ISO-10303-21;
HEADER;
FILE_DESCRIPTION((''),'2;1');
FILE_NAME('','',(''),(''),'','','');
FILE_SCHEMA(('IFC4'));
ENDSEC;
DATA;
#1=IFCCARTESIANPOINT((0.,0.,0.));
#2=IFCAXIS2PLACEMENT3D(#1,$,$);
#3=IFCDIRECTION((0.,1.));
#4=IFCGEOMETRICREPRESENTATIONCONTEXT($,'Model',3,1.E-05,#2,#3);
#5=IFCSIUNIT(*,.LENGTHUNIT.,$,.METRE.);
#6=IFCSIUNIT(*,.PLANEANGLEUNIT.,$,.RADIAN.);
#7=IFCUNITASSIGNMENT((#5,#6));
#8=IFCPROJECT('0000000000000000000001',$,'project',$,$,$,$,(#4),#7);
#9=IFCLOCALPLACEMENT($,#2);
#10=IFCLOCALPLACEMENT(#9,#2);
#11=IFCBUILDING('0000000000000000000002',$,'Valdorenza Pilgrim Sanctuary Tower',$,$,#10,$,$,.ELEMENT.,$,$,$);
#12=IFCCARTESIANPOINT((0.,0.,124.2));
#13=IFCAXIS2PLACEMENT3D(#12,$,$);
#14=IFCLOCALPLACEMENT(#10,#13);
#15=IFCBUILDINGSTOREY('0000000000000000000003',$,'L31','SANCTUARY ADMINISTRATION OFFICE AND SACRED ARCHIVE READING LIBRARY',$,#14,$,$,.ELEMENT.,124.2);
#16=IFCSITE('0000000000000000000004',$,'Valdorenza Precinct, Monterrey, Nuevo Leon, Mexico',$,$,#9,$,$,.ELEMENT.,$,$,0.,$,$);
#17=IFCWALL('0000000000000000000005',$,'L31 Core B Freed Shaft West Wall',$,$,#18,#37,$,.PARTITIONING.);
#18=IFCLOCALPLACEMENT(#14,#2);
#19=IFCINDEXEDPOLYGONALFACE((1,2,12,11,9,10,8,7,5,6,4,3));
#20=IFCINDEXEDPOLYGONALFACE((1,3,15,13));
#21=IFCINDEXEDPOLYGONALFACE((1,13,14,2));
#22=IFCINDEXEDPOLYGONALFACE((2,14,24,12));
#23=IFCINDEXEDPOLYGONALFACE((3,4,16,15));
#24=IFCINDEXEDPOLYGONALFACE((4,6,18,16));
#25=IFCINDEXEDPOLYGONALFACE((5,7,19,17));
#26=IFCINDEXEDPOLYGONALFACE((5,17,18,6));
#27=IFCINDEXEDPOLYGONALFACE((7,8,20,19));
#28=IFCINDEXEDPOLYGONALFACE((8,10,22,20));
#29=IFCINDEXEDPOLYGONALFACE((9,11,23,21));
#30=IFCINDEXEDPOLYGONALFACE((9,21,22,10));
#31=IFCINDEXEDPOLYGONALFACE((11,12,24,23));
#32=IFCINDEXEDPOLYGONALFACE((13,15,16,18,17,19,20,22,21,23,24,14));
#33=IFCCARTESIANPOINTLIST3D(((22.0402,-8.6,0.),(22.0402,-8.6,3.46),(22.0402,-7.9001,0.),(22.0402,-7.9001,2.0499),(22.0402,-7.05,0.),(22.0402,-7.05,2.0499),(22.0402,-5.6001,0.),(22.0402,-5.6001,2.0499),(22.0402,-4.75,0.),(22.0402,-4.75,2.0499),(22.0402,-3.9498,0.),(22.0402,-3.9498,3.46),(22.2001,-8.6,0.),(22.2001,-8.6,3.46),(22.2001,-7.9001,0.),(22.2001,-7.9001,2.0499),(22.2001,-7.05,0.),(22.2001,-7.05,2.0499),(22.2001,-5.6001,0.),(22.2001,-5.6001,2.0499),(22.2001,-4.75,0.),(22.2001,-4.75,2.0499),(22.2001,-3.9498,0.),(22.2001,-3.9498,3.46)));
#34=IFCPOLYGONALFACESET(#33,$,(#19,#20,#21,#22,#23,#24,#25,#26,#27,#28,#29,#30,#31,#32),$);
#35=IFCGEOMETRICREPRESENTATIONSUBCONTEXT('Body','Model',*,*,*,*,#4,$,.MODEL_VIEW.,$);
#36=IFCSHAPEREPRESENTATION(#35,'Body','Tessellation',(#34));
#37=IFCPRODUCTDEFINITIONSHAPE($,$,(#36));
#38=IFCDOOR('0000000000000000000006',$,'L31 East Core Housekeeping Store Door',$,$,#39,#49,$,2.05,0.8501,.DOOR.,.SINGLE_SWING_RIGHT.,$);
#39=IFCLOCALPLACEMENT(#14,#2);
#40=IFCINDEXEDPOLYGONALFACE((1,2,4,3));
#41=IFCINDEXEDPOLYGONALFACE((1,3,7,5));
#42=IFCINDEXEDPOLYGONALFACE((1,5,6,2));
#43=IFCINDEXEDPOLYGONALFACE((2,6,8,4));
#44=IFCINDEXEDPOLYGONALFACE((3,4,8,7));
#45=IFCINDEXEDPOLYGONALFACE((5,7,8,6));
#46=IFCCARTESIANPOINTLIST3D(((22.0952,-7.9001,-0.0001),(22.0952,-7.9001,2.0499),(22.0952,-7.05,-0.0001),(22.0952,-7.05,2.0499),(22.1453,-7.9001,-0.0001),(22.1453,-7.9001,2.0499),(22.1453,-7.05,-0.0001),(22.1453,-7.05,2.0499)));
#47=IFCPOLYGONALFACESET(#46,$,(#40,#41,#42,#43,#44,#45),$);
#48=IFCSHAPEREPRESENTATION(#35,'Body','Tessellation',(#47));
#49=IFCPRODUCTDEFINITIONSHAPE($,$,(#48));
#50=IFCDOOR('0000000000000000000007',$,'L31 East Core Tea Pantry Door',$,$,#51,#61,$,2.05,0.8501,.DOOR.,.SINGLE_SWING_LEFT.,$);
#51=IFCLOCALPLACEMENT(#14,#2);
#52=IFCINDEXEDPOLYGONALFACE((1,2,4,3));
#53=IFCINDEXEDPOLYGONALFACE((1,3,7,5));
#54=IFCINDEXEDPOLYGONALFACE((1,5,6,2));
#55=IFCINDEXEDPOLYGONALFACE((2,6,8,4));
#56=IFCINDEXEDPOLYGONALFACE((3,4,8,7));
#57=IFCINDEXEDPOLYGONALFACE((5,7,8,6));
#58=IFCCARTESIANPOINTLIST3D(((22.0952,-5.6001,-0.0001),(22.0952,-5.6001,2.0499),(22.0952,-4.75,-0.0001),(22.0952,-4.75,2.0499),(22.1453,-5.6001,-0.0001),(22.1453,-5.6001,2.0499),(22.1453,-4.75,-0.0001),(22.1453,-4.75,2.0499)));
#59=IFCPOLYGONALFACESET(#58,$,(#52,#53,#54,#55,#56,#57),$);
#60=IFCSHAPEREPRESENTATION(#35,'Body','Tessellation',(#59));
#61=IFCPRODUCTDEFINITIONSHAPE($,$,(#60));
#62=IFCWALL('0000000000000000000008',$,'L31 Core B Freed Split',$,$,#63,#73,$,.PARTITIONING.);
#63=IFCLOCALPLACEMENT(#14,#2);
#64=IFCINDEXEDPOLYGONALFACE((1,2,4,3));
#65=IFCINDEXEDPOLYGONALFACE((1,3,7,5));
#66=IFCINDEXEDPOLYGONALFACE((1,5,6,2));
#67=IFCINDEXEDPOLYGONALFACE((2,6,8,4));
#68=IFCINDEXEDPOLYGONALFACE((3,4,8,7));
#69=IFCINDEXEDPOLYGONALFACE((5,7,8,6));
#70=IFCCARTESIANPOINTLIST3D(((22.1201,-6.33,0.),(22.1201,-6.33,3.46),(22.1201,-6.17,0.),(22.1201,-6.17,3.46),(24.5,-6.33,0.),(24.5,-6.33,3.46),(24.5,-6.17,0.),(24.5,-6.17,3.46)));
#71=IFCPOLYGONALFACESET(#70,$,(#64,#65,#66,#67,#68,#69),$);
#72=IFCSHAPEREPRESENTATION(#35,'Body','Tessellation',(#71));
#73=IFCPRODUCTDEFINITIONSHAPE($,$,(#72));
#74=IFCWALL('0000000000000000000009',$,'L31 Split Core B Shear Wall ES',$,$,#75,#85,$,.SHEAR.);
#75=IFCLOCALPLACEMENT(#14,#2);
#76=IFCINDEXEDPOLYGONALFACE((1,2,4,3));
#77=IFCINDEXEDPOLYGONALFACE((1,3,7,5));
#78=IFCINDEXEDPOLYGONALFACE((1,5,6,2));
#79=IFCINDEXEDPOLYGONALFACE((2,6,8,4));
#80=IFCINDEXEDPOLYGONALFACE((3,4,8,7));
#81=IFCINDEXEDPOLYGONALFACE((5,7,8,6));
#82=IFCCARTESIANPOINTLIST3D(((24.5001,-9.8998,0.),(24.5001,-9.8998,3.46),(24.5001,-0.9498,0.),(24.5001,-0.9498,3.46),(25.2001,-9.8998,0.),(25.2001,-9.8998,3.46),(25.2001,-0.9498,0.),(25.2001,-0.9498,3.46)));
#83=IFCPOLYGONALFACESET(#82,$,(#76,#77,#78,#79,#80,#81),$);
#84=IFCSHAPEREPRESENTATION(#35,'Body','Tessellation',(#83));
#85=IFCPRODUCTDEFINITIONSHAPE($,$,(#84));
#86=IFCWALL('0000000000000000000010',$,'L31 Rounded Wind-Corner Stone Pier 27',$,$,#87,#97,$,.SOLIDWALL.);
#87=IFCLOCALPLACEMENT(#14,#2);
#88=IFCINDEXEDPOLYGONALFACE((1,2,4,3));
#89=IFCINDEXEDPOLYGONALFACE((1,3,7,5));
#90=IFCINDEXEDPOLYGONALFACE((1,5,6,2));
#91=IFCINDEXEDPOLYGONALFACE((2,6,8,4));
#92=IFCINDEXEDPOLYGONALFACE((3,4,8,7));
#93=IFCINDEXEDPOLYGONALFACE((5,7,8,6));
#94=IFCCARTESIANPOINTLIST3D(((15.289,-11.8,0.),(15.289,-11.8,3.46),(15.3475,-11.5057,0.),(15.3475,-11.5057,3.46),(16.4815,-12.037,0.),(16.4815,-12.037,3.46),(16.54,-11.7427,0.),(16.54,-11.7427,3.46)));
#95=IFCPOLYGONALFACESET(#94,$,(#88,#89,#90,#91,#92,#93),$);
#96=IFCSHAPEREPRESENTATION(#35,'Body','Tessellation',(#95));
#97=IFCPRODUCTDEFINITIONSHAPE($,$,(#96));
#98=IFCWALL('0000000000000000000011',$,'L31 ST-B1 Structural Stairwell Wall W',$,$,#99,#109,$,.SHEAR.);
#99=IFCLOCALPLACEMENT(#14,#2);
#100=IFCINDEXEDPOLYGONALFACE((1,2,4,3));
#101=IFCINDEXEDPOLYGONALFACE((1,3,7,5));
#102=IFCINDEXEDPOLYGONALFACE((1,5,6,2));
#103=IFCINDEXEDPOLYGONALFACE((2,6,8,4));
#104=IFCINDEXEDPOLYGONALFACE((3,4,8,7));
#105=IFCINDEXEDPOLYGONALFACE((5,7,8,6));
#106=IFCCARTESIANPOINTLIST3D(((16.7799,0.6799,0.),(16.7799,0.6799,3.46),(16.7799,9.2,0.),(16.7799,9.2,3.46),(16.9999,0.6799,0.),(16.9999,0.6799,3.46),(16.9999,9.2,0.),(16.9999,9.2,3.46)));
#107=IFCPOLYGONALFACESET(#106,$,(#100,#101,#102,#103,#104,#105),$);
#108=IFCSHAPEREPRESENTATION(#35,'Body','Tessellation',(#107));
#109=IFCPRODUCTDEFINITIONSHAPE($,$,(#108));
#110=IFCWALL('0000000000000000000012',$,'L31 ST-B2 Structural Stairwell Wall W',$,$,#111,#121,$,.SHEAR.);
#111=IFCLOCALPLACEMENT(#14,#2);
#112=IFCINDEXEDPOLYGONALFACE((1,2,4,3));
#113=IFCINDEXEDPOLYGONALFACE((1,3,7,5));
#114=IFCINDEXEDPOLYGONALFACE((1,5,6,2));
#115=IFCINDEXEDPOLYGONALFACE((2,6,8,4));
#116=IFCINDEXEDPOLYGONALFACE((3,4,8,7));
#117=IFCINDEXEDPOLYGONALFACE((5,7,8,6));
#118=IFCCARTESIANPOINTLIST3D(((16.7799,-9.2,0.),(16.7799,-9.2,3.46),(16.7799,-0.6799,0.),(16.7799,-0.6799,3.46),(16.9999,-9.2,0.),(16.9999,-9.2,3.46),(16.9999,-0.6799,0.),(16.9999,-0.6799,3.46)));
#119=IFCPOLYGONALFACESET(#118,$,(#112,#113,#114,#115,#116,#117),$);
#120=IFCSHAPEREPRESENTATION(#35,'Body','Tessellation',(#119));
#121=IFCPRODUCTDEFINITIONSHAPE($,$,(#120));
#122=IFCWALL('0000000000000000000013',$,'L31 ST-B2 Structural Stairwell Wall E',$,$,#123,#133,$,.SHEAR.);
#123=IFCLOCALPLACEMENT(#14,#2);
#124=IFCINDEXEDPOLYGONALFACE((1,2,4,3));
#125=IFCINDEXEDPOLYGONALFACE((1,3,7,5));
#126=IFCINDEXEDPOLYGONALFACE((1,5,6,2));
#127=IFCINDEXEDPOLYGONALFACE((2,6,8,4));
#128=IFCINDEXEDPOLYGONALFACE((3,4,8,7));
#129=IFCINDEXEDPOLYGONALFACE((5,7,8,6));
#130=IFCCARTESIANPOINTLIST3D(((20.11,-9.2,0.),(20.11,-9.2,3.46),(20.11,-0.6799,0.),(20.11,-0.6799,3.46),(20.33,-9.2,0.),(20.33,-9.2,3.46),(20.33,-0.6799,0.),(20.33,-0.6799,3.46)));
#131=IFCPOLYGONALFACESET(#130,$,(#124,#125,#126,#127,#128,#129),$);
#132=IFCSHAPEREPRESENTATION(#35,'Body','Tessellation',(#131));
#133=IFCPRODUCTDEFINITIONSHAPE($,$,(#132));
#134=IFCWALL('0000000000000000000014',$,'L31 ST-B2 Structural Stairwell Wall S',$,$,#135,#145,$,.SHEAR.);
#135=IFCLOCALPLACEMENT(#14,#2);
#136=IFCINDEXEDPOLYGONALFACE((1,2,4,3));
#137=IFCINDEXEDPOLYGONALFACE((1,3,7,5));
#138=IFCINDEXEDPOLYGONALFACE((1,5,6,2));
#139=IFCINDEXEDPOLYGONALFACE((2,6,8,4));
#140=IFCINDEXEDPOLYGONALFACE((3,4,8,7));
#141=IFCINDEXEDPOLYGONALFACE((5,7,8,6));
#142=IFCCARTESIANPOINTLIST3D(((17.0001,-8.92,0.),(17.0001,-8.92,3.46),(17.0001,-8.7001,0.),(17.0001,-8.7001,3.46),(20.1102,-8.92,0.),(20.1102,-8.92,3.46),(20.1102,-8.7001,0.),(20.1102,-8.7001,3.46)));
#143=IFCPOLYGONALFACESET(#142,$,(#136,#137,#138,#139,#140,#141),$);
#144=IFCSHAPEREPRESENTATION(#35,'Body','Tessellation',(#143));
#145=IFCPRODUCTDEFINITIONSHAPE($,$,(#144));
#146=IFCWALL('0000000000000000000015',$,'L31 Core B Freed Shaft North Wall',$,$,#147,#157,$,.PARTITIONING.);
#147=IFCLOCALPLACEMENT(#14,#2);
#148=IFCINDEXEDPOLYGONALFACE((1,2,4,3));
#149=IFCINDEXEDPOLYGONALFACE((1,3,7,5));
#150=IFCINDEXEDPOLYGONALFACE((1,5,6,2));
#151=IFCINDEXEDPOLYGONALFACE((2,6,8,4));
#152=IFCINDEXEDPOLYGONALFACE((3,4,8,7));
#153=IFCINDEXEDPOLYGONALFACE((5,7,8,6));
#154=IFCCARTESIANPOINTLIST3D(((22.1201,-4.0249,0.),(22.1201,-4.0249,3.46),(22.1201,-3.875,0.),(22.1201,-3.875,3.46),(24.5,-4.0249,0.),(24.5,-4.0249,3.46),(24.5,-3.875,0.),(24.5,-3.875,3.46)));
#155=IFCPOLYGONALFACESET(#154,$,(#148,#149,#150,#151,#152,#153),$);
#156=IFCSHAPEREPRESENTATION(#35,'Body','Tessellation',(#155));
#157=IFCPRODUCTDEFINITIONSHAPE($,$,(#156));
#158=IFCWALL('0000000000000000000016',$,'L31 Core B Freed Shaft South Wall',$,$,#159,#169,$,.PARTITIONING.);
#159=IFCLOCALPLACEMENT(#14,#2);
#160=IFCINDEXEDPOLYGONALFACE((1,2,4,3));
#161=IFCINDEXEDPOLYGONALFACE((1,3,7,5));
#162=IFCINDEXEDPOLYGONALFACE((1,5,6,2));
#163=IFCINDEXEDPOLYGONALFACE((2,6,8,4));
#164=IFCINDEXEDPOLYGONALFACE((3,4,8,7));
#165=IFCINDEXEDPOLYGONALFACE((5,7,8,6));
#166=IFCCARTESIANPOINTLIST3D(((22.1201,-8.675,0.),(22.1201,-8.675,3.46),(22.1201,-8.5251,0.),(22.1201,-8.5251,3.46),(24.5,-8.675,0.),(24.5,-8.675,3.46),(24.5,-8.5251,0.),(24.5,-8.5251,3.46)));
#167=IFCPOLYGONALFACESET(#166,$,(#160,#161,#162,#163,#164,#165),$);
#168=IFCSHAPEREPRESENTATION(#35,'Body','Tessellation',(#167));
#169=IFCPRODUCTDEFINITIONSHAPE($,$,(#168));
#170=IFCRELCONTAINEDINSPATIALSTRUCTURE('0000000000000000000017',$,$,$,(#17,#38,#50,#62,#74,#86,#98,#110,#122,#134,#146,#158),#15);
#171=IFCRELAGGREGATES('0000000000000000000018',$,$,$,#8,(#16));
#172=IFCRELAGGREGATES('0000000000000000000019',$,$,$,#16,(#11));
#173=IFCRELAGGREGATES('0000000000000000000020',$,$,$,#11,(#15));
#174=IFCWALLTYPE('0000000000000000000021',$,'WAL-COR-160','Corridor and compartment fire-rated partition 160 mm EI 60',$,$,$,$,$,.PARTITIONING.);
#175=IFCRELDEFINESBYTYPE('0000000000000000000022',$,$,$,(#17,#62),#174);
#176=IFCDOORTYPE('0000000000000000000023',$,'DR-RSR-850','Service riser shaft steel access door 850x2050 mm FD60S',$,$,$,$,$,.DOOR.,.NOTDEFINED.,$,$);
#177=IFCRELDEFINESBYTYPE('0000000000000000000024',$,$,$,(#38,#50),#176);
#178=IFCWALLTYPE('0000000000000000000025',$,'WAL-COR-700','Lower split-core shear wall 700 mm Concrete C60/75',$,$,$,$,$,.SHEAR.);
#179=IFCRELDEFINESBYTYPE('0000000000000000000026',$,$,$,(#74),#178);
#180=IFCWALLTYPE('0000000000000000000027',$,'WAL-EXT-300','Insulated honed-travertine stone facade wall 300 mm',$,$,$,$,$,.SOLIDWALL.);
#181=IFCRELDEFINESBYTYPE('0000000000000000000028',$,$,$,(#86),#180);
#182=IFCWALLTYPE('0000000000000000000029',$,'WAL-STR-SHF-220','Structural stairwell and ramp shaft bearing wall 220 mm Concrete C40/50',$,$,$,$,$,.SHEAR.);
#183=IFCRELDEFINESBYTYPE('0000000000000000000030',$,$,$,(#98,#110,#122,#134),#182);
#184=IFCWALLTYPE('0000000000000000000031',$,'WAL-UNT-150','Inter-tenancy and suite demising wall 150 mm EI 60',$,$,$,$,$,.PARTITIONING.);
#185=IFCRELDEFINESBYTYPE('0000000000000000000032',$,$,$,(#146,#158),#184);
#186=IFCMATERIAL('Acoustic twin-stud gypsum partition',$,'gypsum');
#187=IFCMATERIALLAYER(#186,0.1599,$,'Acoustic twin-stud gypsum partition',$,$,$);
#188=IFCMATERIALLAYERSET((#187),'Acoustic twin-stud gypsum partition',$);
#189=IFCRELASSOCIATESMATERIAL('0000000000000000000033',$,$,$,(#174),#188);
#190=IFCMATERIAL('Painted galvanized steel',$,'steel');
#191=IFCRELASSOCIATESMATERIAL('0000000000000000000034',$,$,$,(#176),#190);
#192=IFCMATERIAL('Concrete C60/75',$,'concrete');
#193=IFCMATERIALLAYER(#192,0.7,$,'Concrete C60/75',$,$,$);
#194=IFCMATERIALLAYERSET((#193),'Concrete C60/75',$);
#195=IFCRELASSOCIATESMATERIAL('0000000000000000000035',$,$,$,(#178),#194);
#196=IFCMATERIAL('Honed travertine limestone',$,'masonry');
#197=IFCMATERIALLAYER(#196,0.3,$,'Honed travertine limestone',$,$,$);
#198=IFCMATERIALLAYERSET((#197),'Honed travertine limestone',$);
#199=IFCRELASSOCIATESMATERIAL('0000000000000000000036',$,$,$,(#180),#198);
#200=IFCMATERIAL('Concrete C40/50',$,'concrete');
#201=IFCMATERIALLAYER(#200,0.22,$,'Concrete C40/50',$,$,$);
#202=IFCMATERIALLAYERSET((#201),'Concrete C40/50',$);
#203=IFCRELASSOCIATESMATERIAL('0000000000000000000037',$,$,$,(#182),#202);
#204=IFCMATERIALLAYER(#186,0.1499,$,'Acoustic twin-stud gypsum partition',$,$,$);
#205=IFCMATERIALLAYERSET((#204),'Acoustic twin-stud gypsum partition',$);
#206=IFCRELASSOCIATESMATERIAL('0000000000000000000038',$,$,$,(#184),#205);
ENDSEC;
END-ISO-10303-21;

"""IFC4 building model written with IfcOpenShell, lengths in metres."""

from ifc_helpers import new_model, si_unit, direction, frame, frame_2d, origin, place, context, subcontext, project, spatial, rectangle, extrude, material, layer, layer_set, type_object, element, fill, save


model = new_model("IFC4")

# Units and contexts
model_context = context("Model", 3, precision=1e-05, world=origin(), true_north=direction((0.0, 1.0)))
body_context = subcontext(model_context, "Body", "Model", "MODEL_VIEW")
ifc_project = project(units=[si_unit("LENGTHUNIT", "METRE"), si_unit("PLANEANGLEUNIT", "RADIAN")], contexts=[model_context])

# Site, building, storey
site_placement = place(None, origin())
site = spatial("IfcSite", under=ifc_project, at=site_placement, Name="Valdorenza Precinct, Monterrey, Nuevo Leon, Mexico", CompositionType="ELEMENT", RefElevation=0.0)
building_placement = place(site_placement, origin())
building = spatial("IfcBuilding", under=site, at=building_placement, Name="Valdorenza Pilgrim Sanctuary Tower", CompositionType="ELEMENT")
storey_placement = place(building_placement, frame((0.0, 0.0, 124.2)))
storey = spatial("IfcBuildingStorey", under=building, at=storey_placement, Name="L31", Description="SANCTUARY ADMINISTRATION OFFICE AND SACRED ARCHIVE READING LIBRARY", CompositionType="ELEMENT", Elevation=124.2)

# Shared definitions
ifc_material_1 = material(Name="Concrete C60/75", Category="concrete")

# Shared definitions
ifc_material_2 = material(Name="Honed travertine limestone", Category="masonry")

# Shared definitions
ifc_material_3 = material(Name="Acoustic twin-stud gypsum partition", Category="gypsum")
ifc_layer_1 = layer(ifc_material_3, 0.1599, Name="Acoustic twin-stud gypsum partition")
ifc_layer_set_1 = layer_set([ifc_layer_1], Name="Acoustic twin-stud gypsum partition")
wall_type_1 = type_object("IfcWallType", Name="WAL-COR-160", Description="Corridor and compartment fire-rated partition 160 mm EI 60", PredefinedType="PARTITIONING", material=ifc_layer_set_1)

# Wall, openings, doors
wall_1_placement = place(storey_placement, frame((22.1201, -8.6001, 0.0), z_axis=(0.0, 0.0, 1.0), x_axis=(0.0, 1.0, 0.0)))
wall_1 = element("IfcWall", 1, at=wall_1_placement, inside=storey, type_object=wall_type_1, Name="L31 Core B Freed Shaft West Wall", PredefinedType="PARTITIONING", context=body_context, shape_type="SweptSolid", body=[
    extrude(rectangle(XDim=4.6501, YDim=0.1599, at=frame_2d((2.3252, 0.0))), origin(), (0.0, 0.0, 1.0), 3.46),
])
opening_1_placement = place(wall_1_placement, frame((0.7, 0.0, 0.0)))
opening_1 = element("IfcOpeningElement", 2, at=opening_1_placement, cuts=wall_1, PredefinedType="OPENING", context=body_context, shape_type="SweptSolid", body=[
    extrude(rectangle(XDim=0.8501, YDim=2.05, at=frame_2d((0.425, 1.0249))), frame((0.0, 0.0947, 0.0), z_axis=(0.0, -1.0, 0.0), x_axis=(1.0, 0.0, 0.0)), (0.0, 0.0, 1.0), 0.1897),
])
opening_2_placement = place(wall_1_placement, frame((3.0, 0.0, 0.0)))
opening_2 = element("IfcOpeningElement", 3, at=opening_2_placement, cuts=wall_1, PredefinedType="OPENING", context=body_context, shape_type="SweptSolid", body=[
    extrude(rectangle(XDim=0.8501, YDim=2.05, at=frame_2d((0.425, 1.0249))), frame((0.0, 0.0947, 0.0), z_axis=(0.0, -1.0, 0.0), x_axis=(1.0, 0.0, 0.0)), (0.0, 0.0, 1.0), 0.1897),
])
ifc_material_4 = material(Name="Painted galvanized steel", Category="steel")
door_type_1 = type_object("IfcDoorType", Name="DR-RSR-850", Description="Service riser shaft steel access door 850x2050 mm FD60S", OperationType="NOTDEFINED", PredefinedType="DOOR", material=ifc_material_4)
door_1_placement = place(opening_1_placement, origin())
door_1 = element("IfcDoor", 4, at=door_1_placement, inside=storey, type_object=door_type_1, Name="L31 East Core Housekeeping Store Door", OperationType="SINGLE_SWING_RIGHT", OverallHeight=2.05, OverallWidth=0.8501, PredefinedType="DOOR", context=body_context, shape_type="SweptSolid", body=[
    extrude(rectangle(XDim=0.8501, YDim=2.05, at=frame_2d((0.425, 1.0249))), frame((0.0, 0.0249, 0.0), z_axis=(0.0, -1.0, 0.0), x_axis=(1.0, 0.0, 0.0)), (0.0, 0.0, 1.0), 0.05),
])
fill(opening_1, door_1)
door_2_placement = place(opening_2_placement, origin())
door_2 = element("IfcDoor", 5, at=door_2_placement, inside=storey, type_object=door_type_1, Name="L31 East Core Tea Pantry Door", OperationType="SINGLE_SWING_LEFT", OverallHeight=2.05, OverallWidth=0.8501, PredefinedType="DOOR", context=body_context, shape_type="SweptSolid", body=[
    extrude(rectangle(XDim=0.8501, YDim=2.05, at=frame_2d((0.425, 1.0249))), frame((0.0, 0.0249, 0.0), z_axis=(0.0, -1.0, 0.0), x_axis=(1.0, 0.0, 0.0)), (0.0, 0.0, 1.0), 0.05),
])
fill(opening_2, door_2)

# Walls
wall_2_placement = place(storey_placement, frame((22.1201, -6.25, 0.0), z_axis=(0.0, 0.0, 1.0), x_axis=(1.0, 0.0, 0.0)))
element("IfcWall", 6, at=wall_2_placement, inside=storey, type_object=wall_type_1, Name="L31 Core B Freed Split", PredefinedType="PARTITIONING", context=body_context, shape_type="SweptSolid", body=[
    extrude(rectangle(XDim=2.3799, YDim=0.1599, at=frame_2d((1.1899, 0.0))), origin(), (0.0, 0.0, 1.0), 3.46),
])
ifc_layer_2 = layer(ifc_material_1, 0.7, Name="Concrete C60/75")
ifc_layer_set_2 = layer_set([ifc_layer_2], Name="Concrete C60/75")
wall_type_2 = type_object("IfcWallType", Name="WAL-COR-700", Description="Lower split-core shear wall 700 mm Concrete C60/75", PredefinedType="SHEAR", material=ifc_layer_set_2)
wall_3_placement = place(storey_placement, frame((24.8501, -9.8999, 0.0), z_axis=(0.0, 0.0, 1.0), x_axis=(0.0, 1.0, 0.0)))
element("IfcWall", 7, at=wall_3_placement, inside=storey, type_object=wall_type_2, Name="L31 Split Core B Shear Wall ES", PredefinedType="SHEAR", context=body_context, shape_type="SweptSolid", body=[
    extrude(rectangle(XDim=8.95, YDim=0.7, at=frame_2d((4.4751, 0.0))), origin(), (0.0, 0.0, 1.0), 3.46),
])
ifc_layer_3 = layer(ifc_material_2, 0.3, Name="Honed travertine limestone")
ifc_layer_set_3 = layer_set([ifc_layer_3], Name="Honed travertine limestone")
wall_type_3 = type_object("IfcWallType", Name="WAL-EXT-300", Description="Insulated honed-travertine stone facade wall 300 mm", PredefinedType="SOLIDWALL", material=ifc_layer_set_3)
wall_4_placement = place(storey_placement, frame((16.5107, -11.8899, 0.0), z_axis=(0.0, 0.0, 1.0), x_axis=(-0.980804, 0.194996, 0.0)))
element("IfcWall", 8, at=wall_4_placement, inside=storey, type_object=wall_type_3, Name="L31 Rounded Wind-Corner Stone Pier 27", PredefinedType="SOLIDWALL", context=body_context, shape_type="SweptSolid", body=[
    extrude(rectangle(XDim=1.2158, YDim=0.3, at=frame_2d((0.6079, 0.0))), origin(), (0.0, 0.0, 1.0), 3.46),
])

# Walls
ifc_material_5 = material(Name="Concrete C40/50", Category="concrete")
ifc_layer_4 = layer(ifc_material_5, 0.22, Name="Concrete C40/50")
ifc_layer_set_4 = layer_set([ifc_layer_4], Name="Concrete C40/50")
wall_type_4 = type_object("IfcWallType", Name="WAL-STR-SHF-220", Description="Structural stairwell and ramp shaft bearing wall 220 mm Concrete C40/50", PredefinedType="SHEAR", material=ifc_layer_set_4)
for number, where, z_axis, x_axis, name in (
    (9, (16.8899, 0.6799, 0.0), (0.0, 0.0, 1.0), (0.0, 1.0, 0.0), "L31 ST-B1 Structural Stairwell Wall W"),
    (10, (16.8899, -9.2, 0.0), (0.0, 0.0, 1.0), (0.0, 1.0, 0.0), "L31 ST-B2 Structural Stairwell Wall W"),
    (11, (20.22, -9.2, 0.0), (0.0, 0.0, 1.0), (0.0, 1.0, 0.0), "L31 ST-B2 Structural Stairwell Wall E"),
):
    element("IfcWall", number, at=place(storey_placement, frame(where, z_axis=z_axis, x_axis=x_axis)), inside=storey, type_object=wall_type_4, Name=name, PredefinedType="SHEAR", context=body_context, shape_type="SweptSolid", body=[
        extrude(rectangle(XDim=8.52, YDim=0.22, at=frame_2d((4.26, 0.0))), origin(), (0.0, 0.0, 1.0), 3.46),
    ])
wall_5_placement = place(storey_placement, frame((17.0, -8.8101, 0.0), z_axis=(0.0, 0.0, 1.0), x_axis=(1.0, 0.0, 0.0)))
element("IfcWall", 12, at=wall_5_placement, inside=storey, type_object=wall_type_4, Name="L31 ST-B2 Structural Stairwell Wall S", PredefinedType="SHEAR", context=body_context, shape_type="SweptSolid", body=[
    extrude(rectangle(XDim=3.1101, YDim=0.22, at=frame_2d((1.5552, 0.0))), origin(), (0.0, 0.0, 1.0), 3.46),
])

# Walls
ifc_layer_5 = layer(ifc_material_3, 0.1499, Name="Acoustic twin-stud gypsum partition")
ifc_layer_set_5 = layer_set([ifc_layer_5], Name="Acoustic twin-stud gypsum partition")
wall_type_5 = type_object("IfcWallType", Name="WAL-UNT-150", Description="Inter-tenancy and suite demising wall 150 mm EI 60", PredefinedType="PARTITIONING", material=ifc_layer_set_5)
for number, where, z_axis, x_axis, name in (
    (13, (22.1201, -3.95, 0.0), (0.0, 0.0, 1.0), (1.0, 0.0, 0.0), "L31 Core B Freed Shaft North Wall"),
    (14, (22.1201, -8.6001, 0.0), (0.0, 0.0, 1.0), (1.0, 0.0, 0.0), "L31 Core B Freed Shaft South Wall"),
):
    element("IfcWall", number, at=place(storey_placement, frame(where, z_axis=z_axis, x_axis=x_axis)), inside=storey, type_object=wall_type_5, Name=name, PredefinedType="PARTITIONING", context=body_context, shape_type="SweptSolid", body=[
        extrude(rectangle(XDim=2.3799, YDim=0.1499, at=frame_2d((1.1899, 0.0))), origin(), (0.0, 0.0, 1.0), 3.46),
    ])

save(model, "model.ifc")
